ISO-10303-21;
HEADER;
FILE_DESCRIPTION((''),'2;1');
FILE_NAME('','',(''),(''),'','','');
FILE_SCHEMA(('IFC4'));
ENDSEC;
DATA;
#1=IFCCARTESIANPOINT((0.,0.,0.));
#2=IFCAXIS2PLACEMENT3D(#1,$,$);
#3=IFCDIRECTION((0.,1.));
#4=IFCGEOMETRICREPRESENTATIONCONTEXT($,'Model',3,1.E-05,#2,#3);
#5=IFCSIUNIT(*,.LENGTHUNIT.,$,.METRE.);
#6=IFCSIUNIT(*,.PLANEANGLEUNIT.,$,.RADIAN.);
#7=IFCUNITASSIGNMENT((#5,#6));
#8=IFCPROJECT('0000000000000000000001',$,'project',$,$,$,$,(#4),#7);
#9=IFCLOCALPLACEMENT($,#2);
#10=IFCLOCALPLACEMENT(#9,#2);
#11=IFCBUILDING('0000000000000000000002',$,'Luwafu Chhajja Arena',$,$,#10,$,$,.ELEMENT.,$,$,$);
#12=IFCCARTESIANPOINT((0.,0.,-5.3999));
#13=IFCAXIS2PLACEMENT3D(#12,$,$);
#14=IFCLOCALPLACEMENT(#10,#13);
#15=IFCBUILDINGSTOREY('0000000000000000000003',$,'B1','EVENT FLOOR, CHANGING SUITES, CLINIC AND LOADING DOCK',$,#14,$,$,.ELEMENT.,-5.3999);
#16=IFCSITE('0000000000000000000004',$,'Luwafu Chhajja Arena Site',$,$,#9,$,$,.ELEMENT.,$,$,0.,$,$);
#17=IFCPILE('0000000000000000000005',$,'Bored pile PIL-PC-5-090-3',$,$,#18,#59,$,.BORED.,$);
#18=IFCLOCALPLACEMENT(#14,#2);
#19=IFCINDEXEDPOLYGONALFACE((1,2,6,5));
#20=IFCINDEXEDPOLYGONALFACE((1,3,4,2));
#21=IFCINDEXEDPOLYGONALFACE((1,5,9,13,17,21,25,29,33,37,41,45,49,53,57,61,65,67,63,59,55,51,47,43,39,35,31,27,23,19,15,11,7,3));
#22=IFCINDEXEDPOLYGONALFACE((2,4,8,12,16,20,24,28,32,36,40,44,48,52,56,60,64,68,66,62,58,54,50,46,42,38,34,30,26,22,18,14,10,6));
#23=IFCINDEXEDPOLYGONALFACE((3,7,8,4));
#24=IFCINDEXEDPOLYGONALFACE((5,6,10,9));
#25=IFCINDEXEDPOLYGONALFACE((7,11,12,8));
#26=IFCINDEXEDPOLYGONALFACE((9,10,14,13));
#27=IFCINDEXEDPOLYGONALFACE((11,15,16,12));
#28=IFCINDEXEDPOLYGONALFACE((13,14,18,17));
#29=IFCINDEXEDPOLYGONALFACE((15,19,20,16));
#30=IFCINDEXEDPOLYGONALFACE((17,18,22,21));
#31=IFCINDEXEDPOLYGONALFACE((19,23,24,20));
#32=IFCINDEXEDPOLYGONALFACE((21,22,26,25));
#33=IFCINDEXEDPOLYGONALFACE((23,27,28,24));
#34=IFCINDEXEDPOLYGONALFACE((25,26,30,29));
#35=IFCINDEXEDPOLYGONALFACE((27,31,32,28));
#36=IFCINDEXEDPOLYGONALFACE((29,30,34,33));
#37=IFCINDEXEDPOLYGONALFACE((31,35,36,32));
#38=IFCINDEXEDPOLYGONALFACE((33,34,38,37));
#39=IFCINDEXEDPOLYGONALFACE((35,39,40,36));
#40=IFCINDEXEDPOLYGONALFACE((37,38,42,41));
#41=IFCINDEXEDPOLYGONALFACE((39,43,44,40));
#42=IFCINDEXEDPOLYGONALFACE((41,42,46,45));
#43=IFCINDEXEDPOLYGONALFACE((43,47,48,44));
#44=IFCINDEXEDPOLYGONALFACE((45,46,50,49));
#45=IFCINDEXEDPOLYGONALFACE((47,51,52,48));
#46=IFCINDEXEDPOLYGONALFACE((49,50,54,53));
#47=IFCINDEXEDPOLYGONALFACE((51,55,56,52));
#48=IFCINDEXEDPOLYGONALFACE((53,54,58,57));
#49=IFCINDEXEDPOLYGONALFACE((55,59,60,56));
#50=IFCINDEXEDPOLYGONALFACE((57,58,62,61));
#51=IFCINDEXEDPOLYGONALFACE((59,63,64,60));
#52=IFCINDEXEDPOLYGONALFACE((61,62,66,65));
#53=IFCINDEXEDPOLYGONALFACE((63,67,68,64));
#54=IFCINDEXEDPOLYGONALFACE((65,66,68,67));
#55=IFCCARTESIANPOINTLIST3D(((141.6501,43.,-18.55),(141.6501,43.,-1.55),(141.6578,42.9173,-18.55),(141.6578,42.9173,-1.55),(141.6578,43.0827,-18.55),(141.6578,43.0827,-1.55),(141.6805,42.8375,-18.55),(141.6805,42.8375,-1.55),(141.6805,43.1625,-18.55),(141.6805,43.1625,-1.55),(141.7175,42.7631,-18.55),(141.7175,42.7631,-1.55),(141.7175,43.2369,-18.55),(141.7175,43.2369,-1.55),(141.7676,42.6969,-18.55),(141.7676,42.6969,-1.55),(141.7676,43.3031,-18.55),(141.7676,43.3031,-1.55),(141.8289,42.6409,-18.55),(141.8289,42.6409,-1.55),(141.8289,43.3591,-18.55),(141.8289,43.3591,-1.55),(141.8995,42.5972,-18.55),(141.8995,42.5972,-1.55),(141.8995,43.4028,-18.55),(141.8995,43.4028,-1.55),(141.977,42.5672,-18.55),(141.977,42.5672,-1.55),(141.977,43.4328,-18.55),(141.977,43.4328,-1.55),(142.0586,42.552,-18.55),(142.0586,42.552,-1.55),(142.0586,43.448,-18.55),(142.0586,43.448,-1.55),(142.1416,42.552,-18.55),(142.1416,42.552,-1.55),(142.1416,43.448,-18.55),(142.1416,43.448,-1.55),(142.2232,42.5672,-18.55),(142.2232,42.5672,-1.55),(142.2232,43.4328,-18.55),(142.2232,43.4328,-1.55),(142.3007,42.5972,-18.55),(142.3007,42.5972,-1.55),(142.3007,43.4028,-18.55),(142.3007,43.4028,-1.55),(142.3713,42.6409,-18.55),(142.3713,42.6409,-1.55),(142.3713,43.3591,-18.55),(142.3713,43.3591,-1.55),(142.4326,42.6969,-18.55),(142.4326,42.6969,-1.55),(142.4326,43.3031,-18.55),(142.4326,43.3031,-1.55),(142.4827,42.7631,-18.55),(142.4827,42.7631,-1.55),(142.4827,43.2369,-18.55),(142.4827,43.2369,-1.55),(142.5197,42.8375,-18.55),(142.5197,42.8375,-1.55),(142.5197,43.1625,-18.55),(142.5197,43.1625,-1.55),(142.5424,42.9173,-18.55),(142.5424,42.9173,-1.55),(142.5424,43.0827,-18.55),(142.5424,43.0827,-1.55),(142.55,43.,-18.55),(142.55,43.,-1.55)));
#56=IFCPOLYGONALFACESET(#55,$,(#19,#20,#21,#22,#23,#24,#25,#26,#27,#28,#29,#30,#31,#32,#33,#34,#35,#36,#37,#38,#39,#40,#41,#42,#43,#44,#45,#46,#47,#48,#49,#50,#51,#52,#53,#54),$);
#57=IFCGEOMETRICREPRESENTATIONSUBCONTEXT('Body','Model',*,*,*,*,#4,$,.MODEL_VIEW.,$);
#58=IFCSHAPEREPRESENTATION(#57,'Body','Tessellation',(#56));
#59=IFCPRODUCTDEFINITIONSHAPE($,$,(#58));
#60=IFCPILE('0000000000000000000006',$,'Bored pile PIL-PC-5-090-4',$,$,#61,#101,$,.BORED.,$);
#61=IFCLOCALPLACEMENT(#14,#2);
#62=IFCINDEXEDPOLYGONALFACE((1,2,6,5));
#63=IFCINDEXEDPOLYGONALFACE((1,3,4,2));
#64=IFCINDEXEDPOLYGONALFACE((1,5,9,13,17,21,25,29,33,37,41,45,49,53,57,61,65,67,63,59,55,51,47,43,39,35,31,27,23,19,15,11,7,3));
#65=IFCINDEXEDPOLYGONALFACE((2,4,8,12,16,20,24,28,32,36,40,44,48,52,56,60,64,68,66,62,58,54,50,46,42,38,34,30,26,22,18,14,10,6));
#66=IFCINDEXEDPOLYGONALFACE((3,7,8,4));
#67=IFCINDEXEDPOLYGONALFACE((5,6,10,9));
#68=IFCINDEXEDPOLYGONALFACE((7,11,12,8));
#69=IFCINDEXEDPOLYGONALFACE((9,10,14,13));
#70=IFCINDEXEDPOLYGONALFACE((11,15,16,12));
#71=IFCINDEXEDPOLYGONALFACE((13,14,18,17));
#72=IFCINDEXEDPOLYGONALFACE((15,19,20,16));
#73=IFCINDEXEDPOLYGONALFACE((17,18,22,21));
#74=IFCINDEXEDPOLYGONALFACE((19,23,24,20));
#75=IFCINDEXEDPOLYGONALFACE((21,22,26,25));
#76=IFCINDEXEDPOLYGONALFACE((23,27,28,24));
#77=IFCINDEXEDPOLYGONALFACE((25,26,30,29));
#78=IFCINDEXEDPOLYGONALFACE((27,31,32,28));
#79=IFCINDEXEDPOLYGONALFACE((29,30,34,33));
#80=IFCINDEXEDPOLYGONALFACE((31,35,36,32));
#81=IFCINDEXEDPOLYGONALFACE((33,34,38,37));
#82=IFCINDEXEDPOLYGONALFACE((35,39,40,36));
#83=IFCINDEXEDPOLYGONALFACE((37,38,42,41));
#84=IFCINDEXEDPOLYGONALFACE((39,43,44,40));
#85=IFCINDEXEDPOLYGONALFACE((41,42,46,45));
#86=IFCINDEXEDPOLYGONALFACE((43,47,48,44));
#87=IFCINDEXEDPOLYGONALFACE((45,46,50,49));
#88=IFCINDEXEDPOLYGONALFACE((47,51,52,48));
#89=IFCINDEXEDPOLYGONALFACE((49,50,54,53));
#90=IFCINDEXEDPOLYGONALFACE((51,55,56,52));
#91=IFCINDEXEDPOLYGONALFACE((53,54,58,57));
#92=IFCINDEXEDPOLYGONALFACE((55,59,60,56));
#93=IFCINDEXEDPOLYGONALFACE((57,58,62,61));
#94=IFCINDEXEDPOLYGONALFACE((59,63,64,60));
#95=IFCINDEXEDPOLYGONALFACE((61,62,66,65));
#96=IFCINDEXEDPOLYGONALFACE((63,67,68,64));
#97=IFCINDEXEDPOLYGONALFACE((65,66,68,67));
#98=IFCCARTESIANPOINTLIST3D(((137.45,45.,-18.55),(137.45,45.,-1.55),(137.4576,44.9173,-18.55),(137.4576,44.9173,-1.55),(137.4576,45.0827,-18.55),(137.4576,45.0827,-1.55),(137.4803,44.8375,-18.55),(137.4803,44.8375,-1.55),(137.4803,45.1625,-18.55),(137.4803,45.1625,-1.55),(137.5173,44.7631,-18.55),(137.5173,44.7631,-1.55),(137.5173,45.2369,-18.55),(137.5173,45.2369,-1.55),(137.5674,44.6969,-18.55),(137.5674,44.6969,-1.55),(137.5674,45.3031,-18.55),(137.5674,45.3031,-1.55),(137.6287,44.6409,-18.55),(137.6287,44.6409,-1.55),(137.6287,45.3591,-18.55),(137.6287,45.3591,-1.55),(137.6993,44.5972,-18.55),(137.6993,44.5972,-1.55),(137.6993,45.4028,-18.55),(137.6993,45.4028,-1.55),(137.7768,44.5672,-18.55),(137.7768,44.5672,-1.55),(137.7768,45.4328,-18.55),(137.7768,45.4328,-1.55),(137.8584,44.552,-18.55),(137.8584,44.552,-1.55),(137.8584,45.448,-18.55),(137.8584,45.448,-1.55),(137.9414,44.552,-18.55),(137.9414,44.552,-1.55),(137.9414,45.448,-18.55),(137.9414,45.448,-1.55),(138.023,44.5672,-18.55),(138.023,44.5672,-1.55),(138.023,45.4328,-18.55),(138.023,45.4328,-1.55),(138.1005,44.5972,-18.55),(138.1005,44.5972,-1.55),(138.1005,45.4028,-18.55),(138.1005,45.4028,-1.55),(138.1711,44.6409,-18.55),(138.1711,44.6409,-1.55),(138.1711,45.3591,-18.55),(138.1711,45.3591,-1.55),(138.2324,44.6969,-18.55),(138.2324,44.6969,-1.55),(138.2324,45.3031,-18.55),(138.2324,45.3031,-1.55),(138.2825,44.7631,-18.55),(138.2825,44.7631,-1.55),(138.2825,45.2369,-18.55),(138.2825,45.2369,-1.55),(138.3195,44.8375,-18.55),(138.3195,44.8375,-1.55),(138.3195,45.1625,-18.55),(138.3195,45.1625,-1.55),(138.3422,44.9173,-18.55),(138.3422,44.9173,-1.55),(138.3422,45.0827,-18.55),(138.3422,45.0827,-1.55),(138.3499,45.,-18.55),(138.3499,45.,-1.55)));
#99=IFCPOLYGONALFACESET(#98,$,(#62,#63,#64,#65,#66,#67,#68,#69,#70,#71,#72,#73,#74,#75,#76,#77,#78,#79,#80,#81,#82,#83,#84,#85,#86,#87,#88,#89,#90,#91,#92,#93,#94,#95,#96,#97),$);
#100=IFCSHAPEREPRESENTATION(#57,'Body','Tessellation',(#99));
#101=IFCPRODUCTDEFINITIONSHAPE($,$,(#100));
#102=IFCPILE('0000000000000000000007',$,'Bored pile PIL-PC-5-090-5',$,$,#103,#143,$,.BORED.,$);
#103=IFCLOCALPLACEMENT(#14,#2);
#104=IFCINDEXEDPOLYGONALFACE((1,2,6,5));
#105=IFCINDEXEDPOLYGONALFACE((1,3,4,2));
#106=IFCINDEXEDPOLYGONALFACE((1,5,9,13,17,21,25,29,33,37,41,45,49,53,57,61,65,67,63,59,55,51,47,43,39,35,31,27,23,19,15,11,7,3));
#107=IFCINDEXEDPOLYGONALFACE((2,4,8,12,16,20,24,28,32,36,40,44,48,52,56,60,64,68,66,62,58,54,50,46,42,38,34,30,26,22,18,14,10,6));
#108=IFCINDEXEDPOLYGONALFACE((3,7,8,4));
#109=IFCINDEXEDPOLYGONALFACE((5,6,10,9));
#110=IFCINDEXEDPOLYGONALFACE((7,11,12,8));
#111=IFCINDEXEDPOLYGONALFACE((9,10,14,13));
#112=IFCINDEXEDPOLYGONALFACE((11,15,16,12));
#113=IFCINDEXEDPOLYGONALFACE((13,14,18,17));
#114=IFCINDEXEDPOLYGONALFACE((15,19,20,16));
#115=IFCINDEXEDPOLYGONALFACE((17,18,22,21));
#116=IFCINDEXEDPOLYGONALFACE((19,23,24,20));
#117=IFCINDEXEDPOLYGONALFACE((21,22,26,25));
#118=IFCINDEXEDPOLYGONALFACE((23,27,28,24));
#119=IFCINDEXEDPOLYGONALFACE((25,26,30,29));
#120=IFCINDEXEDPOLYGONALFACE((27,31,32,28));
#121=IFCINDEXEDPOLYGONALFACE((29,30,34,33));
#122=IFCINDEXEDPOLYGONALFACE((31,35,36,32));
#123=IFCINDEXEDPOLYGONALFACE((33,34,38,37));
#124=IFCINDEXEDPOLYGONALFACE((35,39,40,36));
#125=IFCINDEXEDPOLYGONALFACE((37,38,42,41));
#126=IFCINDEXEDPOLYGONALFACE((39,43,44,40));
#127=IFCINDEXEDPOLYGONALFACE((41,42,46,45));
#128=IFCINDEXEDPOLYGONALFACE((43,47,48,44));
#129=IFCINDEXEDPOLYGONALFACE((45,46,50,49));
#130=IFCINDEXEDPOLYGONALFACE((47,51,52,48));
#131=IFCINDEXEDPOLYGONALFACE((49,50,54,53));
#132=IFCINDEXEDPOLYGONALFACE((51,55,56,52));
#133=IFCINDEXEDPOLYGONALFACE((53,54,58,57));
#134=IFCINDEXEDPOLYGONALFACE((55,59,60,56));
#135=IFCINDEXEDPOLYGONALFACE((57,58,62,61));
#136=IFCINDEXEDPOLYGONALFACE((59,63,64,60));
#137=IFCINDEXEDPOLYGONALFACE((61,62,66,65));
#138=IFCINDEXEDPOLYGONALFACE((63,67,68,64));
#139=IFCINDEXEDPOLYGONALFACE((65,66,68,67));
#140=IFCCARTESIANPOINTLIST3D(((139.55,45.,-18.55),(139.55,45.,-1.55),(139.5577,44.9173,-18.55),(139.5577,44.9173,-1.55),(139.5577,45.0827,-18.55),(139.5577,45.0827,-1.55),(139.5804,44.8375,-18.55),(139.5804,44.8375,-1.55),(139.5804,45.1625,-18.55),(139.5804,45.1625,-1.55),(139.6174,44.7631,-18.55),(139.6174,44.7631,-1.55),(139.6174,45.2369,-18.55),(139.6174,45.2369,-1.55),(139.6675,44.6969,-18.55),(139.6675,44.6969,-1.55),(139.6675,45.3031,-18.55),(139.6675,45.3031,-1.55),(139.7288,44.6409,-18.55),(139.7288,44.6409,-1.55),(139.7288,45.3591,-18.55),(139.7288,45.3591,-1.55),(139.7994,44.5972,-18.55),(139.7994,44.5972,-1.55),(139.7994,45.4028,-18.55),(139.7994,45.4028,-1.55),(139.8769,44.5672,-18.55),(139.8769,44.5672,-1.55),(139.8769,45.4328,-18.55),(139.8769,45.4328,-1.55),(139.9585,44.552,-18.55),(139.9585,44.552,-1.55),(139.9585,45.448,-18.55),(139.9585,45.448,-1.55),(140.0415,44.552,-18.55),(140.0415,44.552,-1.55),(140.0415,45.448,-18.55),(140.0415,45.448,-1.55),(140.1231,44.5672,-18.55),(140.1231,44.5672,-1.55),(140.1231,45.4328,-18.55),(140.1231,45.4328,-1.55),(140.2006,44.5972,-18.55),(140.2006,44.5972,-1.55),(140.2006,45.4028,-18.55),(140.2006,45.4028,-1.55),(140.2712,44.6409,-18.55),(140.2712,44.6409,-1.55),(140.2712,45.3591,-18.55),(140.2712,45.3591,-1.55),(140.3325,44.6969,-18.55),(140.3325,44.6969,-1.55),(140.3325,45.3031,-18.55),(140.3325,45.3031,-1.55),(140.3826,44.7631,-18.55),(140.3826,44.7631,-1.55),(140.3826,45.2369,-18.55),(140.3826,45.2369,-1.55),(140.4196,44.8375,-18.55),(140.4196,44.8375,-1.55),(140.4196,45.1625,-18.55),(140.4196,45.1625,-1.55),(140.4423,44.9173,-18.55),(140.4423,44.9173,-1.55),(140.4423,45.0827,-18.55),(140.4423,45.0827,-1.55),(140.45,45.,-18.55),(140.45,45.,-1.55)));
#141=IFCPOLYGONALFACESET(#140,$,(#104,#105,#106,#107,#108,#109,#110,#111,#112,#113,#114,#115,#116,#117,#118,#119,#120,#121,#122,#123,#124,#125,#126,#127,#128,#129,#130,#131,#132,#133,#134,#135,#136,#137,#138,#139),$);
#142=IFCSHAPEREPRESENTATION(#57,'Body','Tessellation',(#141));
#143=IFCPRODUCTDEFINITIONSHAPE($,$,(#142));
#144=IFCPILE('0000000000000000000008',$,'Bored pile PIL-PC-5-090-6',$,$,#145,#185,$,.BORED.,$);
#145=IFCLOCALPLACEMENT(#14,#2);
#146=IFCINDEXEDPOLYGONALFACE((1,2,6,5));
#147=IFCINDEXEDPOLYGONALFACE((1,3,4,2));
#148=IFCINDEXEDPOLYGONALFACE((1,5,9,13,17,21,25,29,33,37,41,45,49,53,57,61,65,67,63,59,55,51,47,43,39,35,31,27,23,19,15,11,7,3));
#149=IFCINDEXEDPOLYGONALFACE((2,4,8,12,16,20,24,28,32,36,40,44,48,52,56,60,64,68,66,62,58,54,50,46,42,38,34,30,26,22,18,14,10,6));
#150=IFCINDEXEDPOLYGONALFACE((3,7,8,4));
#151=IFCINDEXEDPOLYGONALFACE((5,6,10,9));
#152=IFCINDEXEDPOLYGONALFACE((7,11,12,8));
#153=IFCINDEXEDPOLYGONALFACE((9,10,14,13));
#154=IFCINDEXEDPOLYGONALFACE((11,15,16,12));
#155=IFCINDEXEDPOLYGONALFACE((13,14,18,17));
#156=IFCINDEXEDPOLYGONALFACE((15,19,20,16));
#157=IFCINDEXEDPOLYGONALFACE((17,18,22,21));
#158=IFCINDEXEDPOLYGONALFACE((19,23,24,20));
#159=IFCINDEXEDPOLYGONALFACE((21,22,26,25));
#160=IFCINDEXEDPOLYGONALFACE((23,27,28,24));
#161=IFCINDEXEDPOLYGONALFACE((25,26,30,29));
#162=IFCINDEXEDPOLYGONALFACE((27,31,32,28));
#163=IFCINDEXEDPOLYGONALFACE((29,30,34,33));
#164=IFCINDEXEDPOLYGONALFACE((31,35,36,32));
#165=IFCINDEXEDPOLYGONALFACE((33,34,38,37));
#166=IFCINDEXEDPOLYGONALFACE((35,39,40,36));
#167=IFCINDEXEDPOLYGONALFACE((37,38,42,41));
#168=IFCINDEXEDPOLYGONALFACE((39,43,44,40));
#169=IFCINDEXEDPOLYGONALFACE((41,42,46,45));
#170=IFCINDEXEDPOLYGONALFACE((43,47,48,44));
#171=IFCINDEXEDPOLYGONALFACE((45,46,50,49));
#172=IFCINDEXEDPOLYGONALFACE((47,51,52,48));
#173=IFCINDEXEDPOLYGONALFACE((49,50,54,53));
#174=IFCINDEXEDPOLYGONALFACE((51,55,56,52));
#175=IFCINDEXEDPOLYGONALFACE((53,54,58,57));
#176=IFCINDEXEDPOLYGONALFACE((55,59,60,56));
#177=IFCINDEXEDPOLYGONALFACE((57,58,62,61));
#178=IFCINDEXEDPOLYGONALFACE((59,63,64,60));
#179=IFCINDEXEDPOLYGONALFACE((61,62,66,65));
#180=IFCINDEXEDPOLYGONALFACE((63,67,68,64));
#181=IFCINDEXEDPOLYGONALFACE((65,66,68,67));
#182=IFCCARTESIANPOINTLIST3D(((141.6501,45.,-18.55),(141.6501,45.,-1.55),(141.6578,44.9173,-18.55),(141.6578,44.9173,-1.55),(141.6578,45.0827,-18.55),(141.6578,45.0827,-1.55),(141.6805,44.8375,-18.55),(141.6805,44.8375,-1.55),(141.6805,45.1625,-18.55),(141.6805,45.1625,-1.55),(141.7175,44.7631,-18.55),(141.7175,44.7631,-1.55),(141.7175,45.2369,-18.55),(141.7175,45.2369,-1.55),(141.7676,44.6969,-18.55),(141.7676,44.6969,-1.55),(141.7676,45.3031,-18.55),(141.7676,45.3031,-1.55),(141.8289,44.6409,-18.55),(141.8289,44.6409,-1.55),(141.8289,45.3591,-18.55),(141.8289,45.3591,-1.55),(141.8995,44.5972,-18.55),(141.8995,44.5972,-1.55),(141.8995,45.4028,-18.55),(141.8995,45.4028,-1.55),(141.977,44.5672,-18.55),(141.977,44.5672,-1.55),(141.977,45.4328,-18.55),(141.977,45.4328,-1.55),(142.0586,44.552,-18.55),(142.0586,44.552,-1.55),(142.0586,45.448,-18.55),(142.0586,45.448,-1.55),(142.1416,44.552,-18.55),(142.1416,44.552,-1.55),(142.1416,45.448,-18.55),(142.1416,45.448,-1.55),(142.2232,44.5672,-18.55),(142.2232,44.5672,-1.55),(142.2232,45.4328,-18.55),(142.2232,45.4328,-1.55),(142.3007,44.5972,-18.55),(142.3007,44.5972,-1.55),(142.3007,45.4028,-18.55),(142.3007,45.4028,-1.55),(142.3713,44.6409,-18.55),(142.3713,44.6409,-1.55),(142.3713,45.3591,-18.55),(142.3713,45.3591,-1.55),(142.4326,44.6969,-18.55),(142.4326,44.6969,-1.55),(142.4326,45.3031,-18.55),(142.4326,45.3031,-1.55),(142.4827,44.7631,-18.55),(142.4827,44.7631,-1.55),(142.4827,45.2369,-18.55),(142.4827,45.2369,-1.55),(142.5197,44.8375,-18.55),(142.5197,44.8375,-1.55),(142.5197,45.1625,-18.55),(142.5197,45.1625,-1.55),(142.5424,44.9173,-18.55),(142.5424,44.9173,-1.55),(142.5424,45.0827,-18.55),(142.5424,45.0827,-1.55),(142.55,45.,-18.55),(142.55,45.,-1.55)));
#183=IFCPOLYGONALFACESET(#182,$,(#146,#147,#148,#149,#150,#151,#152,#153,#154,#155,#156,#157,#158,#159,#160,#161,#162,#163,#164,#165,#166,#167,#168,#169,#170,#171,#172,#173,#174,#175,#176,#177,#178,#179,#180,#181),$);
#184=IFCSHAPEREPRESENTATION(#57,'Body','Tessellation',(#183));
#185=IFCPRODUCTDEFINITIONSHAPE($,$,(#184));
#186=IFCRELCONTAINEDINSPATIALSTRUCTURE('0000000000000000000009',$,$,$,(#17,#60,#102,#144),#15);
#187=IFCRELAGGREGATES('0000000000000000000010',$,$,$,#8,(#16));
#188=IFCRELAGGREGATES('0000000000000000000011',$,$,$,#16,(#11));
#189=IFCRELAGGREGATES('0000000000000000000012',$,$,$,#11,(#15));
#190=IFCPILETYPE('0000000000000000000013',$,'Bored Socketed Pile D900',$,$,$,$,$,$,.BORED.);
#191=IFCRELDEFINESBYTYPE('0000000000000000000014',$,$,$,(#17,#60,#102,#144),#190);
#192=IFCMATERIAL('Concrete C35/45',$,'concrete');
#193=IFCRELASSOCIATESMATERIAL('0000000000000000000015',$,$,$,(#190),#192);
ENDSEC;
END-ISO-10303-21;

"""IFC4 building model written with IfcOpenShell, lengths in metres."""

from ifc_helpers import new_model, si_unit, direction, frame, origin, origin_2d, place, context, subcontext, project, spatial, circle, extrude, material, material_profile, profile_set, type_object, element, save


model = new_model("IFC4")

# Units and contexts
model_context = context("Model", 3, precision=1e-05, world=origin(), true_north=direction((0.0, 1.0)))
body_context = subcontext(model_context, "Body", "Model", "MODEL_VIEW")
ifc_project = project(units=[si_unit("LENGTHUNIT", "METRE"), si_unit("PLANEANGLEUNIT", "RADIAN")], contexts=[model_context])

# Site, building, storey
site_placement = place(None, origin())
site = spatial("IfcSite", under=ifc_project, at=site_placement, Name="Luwafu Chhajja Arena Site", CompositionType="ELEMENT", RefElevation=0.0)
building_placement = place(site_placement, origin())
building = spatial("IfcBuilding", under=site, at=building_placement, Name="Luwafu Chhajja Arena", CompositionType="ELEMENT")
storey_placement = place(building_placement, frame((0.0, 0.0, -5.3999)))
storey = spatial("IfcBuildingStorey", under=building, at=storey_placement, Name="B1", Description="EVENT FLOOR, CHANGING SUITES, CLINIC AND LOADING DOCK", CompositionType="ELEMENT", Elevation=-5.3999)

# Piles
ifc_material_1 = material(Name="Concrete C35/45", Category="concrete")
ifc_material_profile_1 = material_profile(ifc_material_1, circle(Radius=0.45, at=origin_2d()), Name="PILE D900")
ifc_profile_set_1 = profile_set([ifc_material_profile_1], Name="Concrete C35/45")
pile_type_1 = type_object("IfcPileType", Name="Bored Socketed Pile D900", PredefinedType="BORED", material=ifc_profile_set_1)
for number, where, z_axis, x_axis, name in (
    (1, (142.1001, 43.0, -1.55), (0.0, 0.0, -1.0), (1.0, 0.0, 0.0), "Bored pile PIL-PC-5-090-3"),
    (2, (137.8999, 45.0, -1.55), (0.0, 0.0, -1.0), (1.0, 0.0, 0.0), "Bored pile PIL-PC-5-090-4"),
    (3, (140.0, 45.0, -1.55), (0.0, 0.0, -1.0), (1.0, 0.0, 0.0), "Bored pile PIL-PC-5-090-5"),
    (4, (142.1001, 45.0, -1.55), (0.0, 0.0, -1.0), (1.0, 0.0, 0.0), "Bored pile PIL-PC-5-090-6"),
):
    element("IfcPile", number, at=place(storey_placement, frame(where, z_axis=z_axis, x_axis=x_axis)), inside=storey, type_object=pile_type_1, Name=name, PredefinedType="BORED", context=body_context, shape_type="SweptSolid", body=[
        extrude(circle(Radius=0.45, at=origin_2d()), origin(), (0.0, 0.0, 1.0), 17.0),
    ])

save(model, "model.ifc")
